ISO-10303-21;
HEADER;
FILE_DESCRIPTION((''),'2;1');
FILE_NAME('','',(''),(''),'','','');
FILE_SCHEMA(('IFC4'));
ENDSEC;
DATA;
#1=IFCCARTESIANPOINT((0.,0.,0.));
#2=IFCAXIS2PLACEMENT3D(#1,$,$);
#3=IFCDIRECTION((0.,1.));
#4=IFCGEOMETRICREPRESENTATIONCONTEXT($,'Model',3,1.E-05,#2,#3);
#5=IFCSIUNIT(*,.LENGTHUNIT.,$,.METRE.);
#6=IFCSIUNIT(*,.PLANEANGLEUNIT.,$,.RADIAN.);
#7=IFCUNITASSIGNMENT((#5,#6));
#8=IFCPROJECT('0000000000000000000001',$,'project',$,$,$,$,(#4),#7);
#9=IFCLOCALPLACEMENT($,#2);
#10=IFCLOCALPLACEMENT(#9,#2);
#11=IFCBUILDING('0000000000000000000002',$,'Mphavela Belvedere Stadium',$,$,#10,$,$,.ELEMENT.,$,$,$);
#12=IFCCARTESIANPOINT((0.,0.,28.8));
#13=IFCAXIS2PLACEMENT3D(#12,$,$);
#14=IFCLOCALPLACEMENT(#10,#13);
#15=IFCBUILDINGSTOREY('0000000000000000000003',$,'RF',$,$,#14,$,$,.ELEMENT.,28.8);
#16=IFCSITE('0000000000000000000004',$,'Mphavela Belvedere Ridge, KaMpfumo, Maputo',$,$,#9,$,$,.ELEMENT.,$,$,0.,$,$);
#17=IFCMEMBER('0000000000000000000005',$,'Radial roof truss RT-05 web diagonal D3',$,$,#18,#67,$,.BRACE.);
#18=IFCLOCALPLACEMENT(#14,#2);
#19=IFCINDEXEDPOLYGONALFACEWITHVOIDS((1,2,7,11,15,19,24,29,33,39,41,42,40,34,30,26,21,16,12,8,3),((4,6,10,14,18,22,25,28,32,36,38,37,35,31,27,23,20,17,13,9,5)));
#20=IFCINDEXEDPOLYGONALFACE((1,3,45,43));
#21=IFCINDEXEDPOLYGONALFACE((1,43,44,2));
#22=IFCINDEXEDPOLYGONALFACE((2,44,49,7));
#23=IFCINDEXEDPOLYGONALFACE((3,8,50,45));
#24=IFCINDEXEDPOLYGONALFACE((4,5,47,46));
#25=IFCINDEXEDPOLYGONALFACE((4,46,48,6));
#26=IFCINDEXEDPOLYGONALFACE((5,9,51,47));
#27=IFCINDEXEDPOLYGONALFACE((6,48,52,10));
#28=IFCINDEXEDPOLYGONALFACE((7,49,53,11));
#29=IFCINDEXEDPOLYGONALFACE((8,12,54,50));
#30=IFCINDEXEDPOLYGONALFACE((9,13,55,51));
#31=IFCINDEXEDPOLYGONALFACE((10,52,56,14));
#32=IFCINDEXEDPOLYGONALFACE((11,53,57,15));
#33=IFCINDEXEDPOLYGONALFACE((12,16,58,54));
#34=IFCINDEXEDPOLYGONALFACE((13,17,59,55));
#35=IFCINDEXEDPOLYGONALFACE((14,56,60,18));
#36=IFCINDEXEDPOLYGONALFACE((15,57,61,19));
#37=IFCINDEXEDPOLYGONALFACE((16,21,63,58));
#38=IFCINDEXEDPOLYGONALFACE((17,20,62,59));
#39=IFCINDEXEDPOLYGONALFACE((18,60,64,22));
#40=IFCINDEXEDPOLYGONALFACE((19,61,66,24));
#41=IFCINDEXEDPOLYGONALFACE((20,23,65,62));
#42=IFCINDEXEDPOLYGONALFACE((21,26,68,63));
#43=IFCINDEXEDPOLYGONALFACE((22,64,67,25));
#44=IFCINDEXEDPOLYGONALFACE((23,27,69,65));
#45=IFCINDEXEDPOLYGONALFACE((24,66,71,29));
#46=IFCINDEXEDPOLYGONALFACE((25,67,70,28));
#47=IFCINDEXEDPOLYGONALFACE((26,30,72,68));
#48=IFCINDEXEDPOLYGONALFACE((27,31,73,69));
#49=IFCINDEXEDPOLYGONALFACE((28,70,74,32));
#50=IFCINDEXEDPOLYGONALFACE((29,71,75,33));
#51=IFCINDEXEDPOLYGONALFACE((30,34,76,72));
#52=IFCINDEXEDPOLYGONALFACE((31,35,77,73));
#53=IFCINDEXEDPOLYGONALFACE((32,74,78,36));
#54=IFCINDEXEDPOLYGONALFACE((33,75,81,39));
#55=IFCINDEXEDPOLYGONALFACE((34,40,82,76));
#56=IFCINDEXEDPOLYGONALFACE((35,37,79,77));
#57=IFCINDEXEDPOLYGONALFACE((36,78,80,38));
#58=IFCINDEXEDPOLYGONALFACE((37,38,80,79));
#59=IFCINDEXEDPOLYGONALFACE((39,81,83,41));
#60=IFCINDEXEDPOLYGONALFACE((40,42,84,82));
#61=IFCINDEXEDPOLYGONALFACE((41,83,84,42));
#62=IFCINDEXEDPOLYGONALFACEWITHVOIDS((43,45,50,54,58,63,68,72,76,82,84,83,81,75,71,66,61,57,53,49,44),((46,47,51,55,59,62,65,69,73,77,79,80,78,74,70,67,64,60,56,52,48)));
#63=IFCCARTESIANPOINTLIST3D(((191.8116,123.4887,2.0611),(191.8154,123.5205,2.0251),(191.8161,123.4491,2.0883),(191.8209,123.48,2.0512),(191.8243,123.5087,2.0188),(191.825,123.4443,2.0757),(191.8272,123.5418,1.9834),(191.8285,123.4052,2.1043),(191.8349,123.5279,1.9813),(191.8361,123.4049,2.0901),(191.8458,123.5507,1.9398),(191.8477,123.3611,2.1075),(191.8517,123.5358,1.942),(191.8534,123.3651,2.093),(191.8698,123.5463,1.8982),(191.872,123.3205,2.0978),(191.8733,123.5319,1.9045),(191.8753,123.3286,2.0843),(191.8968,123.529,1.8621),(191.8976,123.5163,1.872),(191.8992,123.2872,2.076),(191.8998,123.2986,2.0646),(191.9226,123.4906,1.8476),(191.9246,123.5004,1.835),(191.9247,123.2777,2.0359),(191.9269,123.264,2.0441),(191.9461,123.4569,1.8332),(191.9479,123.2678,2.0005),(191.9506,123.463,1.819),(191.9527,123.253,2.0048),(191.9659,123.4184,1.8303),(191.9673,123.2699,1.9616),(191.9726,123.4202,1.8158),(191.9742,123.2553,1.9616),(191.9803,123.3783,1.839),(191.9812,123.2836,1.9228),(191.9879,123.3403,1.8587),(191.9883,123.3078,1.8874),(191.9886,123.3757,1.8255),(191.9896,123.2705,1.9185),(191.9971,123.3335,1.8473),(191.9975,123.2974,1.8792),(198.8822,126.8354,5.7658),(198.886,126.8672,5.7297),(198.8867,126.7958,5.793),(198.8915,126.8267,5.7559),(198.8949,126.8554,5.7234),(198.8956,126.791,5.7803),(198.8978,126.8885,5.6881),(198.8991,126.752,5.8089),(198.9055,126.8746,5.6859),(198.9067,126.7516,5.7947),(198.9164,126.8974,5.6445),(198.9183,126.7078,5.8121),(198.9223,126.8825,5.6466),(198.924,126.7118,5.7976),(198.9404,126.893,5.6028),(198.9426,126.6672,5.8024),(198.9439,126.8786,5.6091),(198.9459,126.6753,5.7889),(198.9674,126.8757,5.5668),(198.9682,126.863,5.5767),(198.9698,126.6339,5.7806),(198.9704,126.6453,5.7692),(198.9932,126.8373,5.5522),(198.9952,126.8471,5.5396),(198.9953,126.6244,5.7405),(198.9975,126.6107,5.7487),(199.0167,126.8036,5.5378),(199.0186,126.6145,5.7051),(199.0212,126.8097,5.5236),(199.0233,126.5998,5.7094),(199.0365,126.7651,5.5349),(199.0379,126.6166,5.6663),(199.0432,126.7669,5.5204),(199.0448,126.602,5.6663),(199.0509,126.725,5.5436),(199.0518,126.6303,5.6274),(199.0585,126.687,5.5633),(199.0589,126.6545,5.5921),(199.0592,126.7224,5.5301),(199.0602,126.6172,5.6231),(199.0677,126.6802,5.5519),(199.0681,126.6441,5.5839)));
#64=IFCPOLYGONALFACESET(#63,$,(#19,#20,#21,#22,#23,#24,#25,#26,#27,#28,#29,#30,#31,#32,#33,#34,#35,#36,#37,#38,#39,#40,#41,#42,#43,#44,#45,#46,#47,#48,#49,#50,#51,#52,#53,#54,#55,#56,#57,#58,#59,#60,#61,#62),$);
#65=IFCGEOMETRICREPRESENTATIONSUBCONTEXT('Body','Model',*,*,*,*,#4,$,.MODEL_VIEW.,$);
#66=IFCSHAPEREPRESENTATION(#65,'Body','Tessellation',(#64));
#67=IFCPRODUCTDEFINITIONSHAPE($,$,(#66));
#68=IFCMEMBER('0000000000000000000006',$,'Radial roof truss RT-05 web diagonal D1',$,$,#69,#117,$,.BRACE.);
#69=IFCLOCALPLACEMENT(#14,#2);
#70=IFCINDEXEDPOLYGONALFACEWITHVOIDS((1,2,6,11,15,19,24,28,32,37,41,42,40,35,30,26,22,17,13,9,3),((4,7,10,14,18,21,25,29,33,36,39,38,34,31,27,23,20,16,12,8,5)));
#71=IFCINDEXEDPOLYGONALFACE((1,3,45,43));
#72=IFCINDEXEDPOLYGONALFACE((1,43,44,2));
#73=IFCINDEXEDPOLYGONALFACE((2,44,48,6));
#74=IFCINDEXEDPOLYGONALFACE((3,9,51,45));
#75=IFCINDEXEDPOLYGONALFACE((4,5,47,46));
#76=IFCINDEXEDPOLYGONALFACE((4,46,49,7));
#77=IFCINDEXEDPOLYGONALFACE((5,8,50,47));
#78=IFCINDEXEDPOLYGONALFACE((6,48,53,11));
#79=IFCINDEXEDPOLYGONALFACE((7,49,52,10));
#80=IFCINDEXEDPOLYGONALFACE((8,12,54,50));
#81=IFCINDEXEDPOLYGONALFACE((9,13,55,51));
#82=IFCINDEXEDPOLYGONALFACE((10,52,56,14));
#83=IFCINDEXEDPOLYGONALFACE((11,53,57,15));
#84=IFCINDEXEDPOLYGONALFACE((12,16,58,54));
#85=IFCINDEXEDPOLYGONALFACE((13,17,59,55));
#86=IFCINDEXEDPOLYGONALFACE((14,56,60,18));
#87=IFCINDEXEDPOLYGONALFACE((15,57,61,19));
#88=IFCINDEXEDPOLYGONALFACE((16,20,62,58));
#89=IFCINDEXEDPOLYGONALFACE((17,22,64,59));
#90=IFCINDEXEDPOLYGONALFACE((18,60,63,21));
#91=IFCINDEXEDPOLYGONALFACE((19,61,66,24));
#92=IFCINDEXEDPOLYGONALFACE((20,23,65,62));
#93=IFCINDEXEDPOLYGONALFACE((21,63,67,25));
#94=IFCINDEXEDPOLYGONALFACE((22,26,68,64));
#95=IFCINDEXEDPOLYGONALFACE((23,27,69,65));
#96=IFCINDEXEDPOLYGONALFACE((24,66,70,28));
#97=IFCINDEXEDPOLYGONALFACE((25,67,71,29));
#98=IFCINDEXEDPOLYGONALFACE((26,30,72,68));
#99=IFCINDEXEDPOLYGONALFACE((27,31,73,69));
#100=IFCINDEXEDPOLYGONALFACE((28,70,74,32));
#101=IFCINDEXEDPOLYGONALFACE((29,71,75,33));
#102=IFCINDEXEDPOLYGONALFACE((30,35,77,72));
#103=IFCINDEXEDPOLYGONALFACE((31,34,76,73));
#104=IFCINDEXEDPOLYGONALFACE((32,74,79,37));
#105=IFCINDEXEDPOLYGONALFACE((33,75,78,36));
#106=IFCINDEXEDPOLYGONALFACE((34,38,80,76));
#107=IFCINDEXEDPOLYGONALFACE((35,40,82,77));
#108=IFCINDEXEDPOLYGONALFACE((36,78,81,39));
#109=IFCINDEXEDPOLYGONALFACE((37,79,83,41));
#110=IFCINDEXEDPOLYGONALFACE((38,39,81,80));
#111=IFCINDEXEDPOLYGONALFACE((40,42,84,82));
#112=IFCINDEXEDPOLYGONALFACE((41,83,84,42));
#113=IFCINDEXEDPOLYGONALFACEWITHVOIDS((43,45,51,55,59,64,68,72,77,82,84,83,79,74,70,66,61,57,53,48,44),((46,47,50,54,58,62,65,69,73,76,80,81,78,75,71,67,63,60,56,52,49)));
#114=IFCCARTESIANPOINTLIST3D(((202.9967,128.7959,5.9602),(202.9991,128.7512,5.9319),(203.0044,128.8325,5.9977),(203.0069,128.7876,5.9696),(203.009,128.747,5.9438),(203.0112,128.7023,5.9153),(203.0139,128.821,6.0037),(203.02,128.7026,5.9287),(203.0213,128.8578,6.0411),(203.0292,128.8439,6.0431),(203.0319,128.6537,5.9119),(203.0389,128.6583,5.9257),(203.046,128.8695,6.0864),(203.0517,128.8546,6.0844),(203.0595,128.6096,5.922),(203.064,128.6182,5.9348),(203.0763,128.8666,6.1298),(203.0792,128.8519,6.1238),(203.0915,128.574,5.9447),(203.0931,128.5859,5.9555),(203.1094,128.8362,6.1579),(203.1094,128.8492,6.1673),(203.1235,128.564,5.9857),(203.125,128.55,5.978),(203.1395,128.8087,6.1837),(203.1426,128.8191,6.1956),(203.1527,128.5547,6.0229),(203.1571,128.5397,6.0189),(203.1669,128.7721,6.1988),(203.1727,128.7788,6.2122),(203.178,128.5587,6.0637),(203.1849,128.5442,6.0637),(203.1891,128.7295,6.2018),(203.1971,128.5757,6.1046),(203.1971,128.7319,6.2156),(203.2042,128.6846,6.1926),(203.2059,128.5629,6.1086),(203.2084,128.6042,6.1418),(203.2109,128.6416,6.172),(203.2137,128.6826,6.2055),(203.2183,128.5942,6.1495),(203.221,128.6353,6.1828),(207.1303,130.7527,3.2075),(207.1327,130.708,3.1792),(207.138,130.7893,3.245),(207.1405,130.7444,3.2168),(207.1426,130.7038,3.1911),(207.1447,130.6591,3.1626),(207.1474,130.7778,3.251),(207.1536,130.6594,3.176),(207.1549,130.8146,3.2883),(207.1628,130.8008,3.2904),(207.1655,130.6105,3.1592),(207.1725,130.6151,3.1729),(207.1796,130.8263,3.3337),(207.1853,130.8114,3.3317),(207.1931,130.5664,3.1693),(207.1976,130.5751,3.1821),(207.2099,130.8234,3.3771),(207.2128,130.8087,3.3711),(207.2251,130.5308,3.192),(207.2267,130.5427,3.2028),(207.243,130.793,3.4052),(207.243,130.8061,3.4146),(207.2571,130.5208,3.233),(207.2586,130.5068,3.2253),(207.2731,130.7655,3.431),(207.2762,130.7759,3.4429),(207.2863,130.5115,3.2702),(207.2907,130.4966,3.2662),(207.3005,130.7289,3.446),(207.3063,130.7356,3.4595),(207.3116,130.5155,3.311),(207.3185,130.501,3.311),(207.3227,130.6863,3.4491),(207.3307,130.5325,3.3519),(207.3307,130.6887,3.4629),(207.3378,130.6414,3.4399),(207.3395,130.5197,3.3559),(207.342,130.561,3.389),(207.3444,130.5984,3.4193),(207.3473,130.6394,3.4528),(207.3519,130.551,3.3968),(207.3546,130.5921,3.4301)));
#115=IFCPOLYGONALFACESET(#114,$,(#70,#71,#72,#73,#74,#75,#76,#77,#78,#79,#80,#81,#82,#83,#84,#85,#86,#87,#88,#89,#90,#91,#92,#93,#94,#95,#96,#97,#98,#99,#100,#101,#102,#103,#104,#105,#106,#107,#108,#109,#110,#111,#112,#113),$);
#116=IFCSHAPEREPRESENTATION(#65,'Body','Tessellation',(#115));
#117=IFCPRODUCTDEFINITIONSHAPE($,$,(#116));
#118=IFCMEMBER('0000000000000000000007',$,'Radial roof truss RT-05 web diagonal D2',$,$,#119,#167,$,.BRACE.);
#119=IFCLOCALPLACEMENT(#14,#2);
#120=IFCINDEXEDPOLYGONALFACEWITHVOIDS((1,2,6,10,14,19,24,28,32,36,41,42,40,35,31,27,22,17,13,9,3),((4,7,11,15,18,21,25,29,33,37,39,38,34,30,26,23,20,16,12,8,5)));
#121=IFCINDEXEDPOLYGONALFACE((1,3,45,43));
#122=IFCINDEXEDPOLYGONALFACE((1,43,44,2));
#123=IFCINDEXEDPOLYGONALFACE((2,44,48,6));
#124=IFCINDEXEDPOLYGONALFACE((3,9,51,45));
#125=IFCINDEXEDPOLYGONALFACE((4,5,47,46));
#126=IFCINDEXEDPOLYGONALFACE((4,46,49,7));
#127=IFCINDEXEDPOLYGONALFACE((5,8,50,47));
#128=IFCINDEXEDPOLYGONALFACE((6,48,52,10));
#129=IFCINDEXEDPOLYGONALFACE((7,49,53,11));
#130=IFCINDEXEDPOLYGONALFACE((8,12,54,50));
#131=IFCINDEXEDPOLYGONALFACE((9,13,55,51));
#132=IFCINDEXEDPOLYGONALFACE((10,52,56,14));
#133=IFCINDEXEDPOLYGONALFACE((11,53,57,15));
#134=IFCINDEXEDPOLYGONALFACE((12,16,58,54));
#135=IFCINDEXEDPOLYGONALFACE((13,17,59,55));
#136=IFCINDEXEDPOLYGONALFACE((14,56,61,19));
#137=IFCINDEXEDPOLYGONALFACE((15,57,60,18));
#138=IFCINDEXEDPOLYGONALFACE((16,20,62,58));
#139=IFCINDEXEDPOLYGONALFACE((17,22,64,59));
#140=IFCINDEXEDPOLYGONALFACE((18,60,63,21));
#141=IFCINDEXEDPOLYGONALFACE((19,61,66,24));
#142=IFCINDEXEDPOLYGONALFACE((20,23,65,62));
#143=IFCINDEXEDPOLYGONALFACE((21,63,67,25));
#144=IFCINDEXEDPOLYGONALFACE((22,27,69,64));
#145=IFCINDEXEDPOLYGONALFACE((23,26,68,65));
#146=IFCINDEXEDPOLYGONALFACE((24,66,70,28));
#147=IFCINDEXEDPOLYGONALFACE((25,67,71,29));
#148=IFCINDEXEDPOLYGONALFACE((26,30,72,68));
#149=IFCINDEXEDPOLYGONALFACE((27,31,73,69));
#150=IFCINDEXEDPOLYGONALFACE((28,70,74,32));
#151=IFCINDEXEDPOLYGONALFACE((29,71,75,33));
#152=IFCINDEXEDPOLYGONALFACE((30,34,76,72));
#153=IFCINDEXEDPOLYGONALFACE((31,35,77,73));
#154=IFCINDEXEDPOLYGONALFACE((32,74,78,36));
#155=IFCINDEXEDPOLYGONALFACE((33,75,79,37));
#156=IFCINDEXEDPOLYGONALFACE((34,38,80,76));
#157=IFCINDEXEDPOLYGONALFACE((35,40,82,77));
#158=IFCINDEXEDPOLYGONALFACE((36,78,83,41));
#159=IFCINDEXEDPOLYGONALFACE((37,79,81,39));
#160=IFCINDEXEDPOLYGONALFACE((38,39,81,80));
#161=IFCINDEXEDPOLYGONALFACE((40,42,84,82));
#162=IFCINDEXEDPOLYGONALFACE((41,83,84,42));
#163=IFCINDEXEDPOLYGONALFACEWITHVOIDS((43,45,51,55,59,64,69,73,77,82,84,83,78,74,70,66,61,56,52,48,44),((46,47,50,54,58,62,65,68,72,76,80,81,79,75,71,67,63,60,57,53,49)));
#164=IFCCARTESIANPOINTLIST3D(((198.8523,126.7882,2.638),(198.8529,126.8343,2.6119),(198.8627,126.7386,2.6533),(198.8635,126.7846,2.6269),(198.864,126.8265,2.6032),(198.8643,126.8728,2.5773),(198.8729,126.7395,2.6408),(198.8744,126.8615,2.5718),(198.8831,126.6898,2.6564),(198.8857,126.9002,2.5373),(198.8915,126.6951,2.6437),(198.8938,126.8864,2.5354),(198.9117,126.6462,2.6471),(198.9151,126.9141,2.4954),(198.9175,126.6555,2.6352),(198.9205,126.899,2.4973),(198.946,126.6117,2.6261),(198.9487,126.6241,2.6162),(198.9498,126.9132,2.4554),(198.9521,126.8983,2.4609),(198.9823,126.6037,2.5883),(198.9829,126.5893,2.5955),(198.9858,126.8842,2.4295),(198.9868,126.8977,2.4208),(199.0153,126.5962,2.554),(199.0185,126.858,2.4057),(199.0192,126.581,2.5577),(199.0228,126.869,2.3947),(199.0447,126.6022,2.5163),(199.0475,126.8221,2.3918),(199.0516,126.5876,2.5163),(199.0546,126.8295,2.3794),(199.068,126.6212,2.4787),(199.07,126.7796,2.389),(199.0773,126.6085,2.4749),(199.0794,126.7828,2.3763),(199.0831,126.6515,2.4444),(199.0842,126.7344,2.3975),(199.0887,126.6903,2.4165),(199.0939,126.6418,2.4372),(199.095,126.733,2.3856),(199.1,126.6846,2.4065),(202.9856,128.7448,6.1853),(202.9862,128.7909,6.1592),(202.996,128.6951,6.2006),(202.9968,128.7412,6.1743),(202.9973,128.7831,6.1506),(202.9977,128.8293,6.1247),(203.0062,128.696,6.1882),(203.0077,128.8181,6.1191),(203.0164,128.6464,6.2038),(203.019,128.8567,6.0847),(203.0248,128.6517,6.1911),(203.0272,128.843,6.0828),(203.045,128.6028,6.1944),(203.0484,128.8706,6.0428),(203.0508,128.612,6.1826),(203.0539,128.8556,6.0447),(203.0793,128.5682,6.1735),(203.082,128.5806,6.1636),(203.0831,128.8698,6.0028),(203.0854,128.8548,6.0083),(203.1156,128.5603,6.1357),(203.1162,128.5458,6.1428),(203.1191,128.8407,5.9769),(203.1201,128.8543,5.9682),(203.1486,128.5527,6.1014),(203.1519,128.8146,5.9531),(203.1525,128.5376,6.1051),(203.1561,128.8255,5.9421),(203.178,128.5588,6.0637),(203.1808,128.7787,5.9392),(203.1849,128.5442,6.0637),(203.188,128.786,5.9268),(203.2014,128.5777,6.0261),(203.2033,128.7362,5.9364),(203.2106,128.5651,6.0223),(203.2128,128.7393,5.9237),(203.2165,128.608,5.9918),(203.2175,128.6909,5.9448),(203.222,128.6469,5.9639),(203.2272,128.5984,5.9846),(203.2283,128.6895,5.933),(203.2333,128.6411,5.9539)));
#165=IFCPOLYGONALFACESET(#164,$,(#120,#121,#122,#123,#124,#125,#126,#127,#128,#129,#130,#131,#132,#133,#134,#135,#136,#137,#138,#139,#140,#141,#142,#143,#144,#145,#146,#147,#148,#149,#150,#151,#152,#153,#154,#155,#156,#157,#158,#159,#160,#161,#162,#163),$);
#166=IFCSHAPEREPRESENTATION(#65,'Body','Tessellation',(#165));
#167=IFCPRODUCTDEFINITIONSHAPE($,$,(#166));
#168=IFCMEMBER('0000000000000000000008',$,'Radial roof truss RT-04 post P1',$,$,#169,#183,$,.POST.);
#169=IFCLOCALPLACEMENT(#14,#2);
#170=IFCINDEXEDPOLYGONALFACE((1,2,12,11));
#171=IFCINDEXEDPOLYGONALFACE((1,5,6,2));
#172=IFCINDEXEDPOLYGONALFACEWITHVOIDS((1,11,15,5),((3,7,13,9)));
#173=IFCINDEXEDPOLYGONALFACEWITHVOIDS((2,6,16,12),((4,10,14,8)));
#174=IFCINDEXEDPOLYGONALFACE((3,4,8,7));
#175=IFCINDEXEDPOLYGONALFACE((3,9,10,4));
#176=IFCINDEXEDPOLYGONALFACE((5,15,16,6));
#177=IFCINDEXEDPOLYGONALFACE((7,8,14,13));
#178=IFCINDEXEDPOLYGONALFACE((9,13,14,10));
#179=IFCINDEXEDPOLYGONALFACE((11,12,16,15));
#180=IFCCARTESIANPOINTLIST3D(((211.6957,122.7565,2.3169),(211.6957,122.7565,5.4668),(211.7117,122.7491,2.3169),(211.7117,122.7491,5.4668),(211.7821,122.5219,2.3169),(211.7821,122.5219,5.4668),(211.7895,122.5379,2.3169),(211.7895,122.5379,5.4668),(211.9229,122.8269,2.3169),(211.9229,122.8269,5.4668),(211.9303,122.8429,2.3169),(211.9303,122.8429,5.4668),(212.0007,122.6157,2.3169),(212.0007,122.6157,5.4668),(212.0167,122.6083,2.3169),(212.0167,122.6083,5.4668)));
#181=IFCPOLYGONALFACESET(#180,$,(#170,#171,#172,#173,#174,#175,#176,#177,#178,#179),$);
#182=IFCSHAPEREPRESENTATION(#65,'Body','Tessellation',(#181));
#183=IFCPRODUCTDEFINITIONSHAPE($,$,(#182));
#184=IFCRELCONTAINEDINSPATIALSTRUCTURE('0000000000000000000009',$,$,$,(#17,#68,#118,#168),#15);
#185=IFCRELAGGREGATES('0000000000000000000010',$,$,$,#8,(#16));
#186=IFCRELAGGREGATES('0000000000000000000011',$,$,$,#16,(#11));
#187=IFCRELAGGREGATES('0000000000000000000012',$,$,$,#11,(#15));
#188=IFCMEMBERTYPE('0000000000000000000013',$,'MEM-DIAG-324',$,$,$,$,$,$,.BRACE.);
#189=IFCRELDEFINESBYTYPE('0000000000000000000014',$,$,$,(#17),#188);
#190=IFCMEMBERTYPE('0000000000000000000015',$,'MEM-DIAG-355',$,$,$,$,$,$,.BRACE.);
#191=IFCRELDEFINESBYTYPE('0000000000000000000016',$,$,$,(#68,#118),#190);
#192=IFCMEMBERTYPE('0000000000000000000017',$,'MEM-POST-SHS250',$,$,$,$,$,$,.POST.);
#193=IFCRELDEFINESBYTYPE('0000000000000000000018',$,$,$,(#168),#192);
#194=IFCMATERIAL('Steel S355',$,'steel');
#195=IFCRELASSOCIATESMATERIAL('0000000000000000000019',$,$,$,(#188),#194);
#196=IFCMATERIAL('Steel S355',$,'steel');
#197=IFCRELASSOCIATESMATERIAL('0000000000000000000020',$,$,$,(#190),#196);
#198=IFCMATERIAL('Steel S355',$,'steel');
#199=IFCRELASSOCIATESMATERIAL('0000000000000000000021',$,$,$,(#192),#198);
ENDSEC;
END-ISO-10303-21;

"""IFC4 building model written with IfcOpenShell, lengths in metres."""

from ifc_helpers import new_model, si_unit, direction, frame, origin, origin_2d, place, context, subcontext, project, spatial, hollow_rectangle, hollow_circle, extrude, material, material_profile, profile_set, type_object, element, save


model = new_model("IFC4")

# Units and contexts
model_context = context("Model", 3, precision=1e-05, world=origin(), true_north=direction((0.0, 1.0)))
body_context = subcontext(model_context, "Body", "Model", "MODEL_VIEW")
ifc_project = project(units=[si_unit("LENGTHUNIT", "METRE"), si_unit("PLANEANGLEUNIT", "RADIAN")], contexts=[model_context])

# Site, building, storey
site_placement = place(None, origin())
site = spatial("IfcSite", under=ifc_project, at=site_placement, Name="Mphavela Belvedere Ridge, KaMpfumo, Maputo", CompositionType="ELEMENT", RefElevation=0.0)
building_placement = place(site_placement, origin())
building = spatial("IfcBuilding", under=site, at=building_placement, Name="Mphavela Belvedere Stadium", CompositionType="ELEMENT")
storey_placement = place(building_placement, frame((0.0, 0.0, 28.8)))
storey = spatial("IfcBuildingStorey", under=building, at=storey_placement, Name="RF", CompositionType="ELEMENT", Elevation=28.8)

# Members
ifc_material_1 = material(Name="Steel S355", Category="steel")
ifc_material_profile_1 = material_profile(ifc_material_1, hollow_circle(Radius=0.1619, WallThickness=0.0161, at=origin_2d()), Name="CHS 323.9x16")
ifc_profile_set_1 = profile_set([ifc_material_profile_1], Name="Steel S355")
member_type_1 = type_object("IfcMemberType", Name="MEM-DIAG-324", PredefinedType="BRACE", material=ifc_profile_set_1)
member_1_placement = place(storey_placement, frame((198.9756, 126.7483, 5.6663), z_axis=(-0.81689, -0.386655, -0.428006), x_axis=(0.427822, -0.903863, 0.0)))
element("IfcMember", 1, at=member_1_placement, inside=storey, type_object=member_type_1, Name="Radial roof truss RT-05 web diagonal D3", PredefinedType="BRACE", context=body_context, shape_type="SweptSolid", body=[
    extrude(hollow_circle(Radius=0.1619, WallThickness=0.0161, at=origin_2d()), origin(), (0.0, 0.0, 1.0), 8.6555),
])
ifc_material_2 = material(Name="Steel S355", Category="steel")
ifc_material_profile_2 = material_profile(ifc_material_2, hollow_circle(Radius=0.1777, WallThickness=0.0161, at=origin_2d()), Name="CHS 355.6x16")
ifc_profile_set_2 = profile_set([ifc_material_profile_2], Name="Steel S355")
member_type_2 = type_object("IfcMemberType", Name="MEM-DIAG-355", PredefinedType="BRACE", material=ifc_profile_set_2)
member_2_placement = place(storey_placement, frame((207.2424, 130.6616, 3.311), z_axis=(-0.774386, -0.366588, 0.515693), x_axis=(0.427871, -0.90384, 0.0)))
element("IfcMember", 2, at=member_2_placement, inside=storey, type_object=member_type_2, Name="Radial roof truss RT-05 web diagonal D1", PredefinedType="BRACE", context=body_context, shape_type="SweptSolid", body=[
    extrude(hollow_circle(Radius=0.1777, WallThickness=0.0161, at=origin_2d()), origin(), (0.0, 0.0, 1.0), 5.3379),
])
member_3_placement = place(storey_placement, frame((203.1089, 128.7048, 6.0637), z_axis=(-0.714168, -0.338059, -0.612927), x_axis=(0.427848, -0.903851, 0.0)))
element("IfcMember", 3, at=member_3_placement, inside=storey, type_object=member_type_2, Name="Radial roof truss RT-05 web diagonal D2", PredefinedType="BRACE", context=body_context, shape_type="SweptSolid", body=[
    extrude(hollow_circle(Radius=0.1777, WallThickness=0.0161, at=origin_2d()), origin(), (0.0, 0.0, 1.0), 5.7876),
])
ifc_material_3 = material(Name="Steel S355", Category="steel")
ifc_material_profile_3 = material_profile(ifc_material_3, hollow_rectangle(XDim=0.25, YDim=0.25, WallThickness=0.0125, at=origin_2d()), Name="SHS 250x250x12.5")
ifc_profile_set_3 = profile_set([ifc_material_profile_3], Name="Steel S355")
member_type_3 = type_object("IfcMemberType", Name="MEM-POST-SHS250", PredefinedType="POST", material=ifc_profile_set_3)
member_4_placement = place(storey_placement, frame((211.8562, 122.6824, 2.3169), z_axis=(0.0, 0.0, 1.0), x_axis=(0.938372, 0.345626, 0.0)))
element("IfcMember", 4, at=member_4_placement, inside=storey, type_object=member_type_3, Name="Radial roof truss RT-04 post P1", PredefinedType="POST", context=body_context, shape_type="SweptSolid", body=[
    extrude(hollow_rectangle(XDim=0.25, YDim=0.25, WallThickness=0.0125, at=origin_2d()), origin(), (0.0, 0.0, 1.0), 3.1499),
])

save(model, "model.ifc")
